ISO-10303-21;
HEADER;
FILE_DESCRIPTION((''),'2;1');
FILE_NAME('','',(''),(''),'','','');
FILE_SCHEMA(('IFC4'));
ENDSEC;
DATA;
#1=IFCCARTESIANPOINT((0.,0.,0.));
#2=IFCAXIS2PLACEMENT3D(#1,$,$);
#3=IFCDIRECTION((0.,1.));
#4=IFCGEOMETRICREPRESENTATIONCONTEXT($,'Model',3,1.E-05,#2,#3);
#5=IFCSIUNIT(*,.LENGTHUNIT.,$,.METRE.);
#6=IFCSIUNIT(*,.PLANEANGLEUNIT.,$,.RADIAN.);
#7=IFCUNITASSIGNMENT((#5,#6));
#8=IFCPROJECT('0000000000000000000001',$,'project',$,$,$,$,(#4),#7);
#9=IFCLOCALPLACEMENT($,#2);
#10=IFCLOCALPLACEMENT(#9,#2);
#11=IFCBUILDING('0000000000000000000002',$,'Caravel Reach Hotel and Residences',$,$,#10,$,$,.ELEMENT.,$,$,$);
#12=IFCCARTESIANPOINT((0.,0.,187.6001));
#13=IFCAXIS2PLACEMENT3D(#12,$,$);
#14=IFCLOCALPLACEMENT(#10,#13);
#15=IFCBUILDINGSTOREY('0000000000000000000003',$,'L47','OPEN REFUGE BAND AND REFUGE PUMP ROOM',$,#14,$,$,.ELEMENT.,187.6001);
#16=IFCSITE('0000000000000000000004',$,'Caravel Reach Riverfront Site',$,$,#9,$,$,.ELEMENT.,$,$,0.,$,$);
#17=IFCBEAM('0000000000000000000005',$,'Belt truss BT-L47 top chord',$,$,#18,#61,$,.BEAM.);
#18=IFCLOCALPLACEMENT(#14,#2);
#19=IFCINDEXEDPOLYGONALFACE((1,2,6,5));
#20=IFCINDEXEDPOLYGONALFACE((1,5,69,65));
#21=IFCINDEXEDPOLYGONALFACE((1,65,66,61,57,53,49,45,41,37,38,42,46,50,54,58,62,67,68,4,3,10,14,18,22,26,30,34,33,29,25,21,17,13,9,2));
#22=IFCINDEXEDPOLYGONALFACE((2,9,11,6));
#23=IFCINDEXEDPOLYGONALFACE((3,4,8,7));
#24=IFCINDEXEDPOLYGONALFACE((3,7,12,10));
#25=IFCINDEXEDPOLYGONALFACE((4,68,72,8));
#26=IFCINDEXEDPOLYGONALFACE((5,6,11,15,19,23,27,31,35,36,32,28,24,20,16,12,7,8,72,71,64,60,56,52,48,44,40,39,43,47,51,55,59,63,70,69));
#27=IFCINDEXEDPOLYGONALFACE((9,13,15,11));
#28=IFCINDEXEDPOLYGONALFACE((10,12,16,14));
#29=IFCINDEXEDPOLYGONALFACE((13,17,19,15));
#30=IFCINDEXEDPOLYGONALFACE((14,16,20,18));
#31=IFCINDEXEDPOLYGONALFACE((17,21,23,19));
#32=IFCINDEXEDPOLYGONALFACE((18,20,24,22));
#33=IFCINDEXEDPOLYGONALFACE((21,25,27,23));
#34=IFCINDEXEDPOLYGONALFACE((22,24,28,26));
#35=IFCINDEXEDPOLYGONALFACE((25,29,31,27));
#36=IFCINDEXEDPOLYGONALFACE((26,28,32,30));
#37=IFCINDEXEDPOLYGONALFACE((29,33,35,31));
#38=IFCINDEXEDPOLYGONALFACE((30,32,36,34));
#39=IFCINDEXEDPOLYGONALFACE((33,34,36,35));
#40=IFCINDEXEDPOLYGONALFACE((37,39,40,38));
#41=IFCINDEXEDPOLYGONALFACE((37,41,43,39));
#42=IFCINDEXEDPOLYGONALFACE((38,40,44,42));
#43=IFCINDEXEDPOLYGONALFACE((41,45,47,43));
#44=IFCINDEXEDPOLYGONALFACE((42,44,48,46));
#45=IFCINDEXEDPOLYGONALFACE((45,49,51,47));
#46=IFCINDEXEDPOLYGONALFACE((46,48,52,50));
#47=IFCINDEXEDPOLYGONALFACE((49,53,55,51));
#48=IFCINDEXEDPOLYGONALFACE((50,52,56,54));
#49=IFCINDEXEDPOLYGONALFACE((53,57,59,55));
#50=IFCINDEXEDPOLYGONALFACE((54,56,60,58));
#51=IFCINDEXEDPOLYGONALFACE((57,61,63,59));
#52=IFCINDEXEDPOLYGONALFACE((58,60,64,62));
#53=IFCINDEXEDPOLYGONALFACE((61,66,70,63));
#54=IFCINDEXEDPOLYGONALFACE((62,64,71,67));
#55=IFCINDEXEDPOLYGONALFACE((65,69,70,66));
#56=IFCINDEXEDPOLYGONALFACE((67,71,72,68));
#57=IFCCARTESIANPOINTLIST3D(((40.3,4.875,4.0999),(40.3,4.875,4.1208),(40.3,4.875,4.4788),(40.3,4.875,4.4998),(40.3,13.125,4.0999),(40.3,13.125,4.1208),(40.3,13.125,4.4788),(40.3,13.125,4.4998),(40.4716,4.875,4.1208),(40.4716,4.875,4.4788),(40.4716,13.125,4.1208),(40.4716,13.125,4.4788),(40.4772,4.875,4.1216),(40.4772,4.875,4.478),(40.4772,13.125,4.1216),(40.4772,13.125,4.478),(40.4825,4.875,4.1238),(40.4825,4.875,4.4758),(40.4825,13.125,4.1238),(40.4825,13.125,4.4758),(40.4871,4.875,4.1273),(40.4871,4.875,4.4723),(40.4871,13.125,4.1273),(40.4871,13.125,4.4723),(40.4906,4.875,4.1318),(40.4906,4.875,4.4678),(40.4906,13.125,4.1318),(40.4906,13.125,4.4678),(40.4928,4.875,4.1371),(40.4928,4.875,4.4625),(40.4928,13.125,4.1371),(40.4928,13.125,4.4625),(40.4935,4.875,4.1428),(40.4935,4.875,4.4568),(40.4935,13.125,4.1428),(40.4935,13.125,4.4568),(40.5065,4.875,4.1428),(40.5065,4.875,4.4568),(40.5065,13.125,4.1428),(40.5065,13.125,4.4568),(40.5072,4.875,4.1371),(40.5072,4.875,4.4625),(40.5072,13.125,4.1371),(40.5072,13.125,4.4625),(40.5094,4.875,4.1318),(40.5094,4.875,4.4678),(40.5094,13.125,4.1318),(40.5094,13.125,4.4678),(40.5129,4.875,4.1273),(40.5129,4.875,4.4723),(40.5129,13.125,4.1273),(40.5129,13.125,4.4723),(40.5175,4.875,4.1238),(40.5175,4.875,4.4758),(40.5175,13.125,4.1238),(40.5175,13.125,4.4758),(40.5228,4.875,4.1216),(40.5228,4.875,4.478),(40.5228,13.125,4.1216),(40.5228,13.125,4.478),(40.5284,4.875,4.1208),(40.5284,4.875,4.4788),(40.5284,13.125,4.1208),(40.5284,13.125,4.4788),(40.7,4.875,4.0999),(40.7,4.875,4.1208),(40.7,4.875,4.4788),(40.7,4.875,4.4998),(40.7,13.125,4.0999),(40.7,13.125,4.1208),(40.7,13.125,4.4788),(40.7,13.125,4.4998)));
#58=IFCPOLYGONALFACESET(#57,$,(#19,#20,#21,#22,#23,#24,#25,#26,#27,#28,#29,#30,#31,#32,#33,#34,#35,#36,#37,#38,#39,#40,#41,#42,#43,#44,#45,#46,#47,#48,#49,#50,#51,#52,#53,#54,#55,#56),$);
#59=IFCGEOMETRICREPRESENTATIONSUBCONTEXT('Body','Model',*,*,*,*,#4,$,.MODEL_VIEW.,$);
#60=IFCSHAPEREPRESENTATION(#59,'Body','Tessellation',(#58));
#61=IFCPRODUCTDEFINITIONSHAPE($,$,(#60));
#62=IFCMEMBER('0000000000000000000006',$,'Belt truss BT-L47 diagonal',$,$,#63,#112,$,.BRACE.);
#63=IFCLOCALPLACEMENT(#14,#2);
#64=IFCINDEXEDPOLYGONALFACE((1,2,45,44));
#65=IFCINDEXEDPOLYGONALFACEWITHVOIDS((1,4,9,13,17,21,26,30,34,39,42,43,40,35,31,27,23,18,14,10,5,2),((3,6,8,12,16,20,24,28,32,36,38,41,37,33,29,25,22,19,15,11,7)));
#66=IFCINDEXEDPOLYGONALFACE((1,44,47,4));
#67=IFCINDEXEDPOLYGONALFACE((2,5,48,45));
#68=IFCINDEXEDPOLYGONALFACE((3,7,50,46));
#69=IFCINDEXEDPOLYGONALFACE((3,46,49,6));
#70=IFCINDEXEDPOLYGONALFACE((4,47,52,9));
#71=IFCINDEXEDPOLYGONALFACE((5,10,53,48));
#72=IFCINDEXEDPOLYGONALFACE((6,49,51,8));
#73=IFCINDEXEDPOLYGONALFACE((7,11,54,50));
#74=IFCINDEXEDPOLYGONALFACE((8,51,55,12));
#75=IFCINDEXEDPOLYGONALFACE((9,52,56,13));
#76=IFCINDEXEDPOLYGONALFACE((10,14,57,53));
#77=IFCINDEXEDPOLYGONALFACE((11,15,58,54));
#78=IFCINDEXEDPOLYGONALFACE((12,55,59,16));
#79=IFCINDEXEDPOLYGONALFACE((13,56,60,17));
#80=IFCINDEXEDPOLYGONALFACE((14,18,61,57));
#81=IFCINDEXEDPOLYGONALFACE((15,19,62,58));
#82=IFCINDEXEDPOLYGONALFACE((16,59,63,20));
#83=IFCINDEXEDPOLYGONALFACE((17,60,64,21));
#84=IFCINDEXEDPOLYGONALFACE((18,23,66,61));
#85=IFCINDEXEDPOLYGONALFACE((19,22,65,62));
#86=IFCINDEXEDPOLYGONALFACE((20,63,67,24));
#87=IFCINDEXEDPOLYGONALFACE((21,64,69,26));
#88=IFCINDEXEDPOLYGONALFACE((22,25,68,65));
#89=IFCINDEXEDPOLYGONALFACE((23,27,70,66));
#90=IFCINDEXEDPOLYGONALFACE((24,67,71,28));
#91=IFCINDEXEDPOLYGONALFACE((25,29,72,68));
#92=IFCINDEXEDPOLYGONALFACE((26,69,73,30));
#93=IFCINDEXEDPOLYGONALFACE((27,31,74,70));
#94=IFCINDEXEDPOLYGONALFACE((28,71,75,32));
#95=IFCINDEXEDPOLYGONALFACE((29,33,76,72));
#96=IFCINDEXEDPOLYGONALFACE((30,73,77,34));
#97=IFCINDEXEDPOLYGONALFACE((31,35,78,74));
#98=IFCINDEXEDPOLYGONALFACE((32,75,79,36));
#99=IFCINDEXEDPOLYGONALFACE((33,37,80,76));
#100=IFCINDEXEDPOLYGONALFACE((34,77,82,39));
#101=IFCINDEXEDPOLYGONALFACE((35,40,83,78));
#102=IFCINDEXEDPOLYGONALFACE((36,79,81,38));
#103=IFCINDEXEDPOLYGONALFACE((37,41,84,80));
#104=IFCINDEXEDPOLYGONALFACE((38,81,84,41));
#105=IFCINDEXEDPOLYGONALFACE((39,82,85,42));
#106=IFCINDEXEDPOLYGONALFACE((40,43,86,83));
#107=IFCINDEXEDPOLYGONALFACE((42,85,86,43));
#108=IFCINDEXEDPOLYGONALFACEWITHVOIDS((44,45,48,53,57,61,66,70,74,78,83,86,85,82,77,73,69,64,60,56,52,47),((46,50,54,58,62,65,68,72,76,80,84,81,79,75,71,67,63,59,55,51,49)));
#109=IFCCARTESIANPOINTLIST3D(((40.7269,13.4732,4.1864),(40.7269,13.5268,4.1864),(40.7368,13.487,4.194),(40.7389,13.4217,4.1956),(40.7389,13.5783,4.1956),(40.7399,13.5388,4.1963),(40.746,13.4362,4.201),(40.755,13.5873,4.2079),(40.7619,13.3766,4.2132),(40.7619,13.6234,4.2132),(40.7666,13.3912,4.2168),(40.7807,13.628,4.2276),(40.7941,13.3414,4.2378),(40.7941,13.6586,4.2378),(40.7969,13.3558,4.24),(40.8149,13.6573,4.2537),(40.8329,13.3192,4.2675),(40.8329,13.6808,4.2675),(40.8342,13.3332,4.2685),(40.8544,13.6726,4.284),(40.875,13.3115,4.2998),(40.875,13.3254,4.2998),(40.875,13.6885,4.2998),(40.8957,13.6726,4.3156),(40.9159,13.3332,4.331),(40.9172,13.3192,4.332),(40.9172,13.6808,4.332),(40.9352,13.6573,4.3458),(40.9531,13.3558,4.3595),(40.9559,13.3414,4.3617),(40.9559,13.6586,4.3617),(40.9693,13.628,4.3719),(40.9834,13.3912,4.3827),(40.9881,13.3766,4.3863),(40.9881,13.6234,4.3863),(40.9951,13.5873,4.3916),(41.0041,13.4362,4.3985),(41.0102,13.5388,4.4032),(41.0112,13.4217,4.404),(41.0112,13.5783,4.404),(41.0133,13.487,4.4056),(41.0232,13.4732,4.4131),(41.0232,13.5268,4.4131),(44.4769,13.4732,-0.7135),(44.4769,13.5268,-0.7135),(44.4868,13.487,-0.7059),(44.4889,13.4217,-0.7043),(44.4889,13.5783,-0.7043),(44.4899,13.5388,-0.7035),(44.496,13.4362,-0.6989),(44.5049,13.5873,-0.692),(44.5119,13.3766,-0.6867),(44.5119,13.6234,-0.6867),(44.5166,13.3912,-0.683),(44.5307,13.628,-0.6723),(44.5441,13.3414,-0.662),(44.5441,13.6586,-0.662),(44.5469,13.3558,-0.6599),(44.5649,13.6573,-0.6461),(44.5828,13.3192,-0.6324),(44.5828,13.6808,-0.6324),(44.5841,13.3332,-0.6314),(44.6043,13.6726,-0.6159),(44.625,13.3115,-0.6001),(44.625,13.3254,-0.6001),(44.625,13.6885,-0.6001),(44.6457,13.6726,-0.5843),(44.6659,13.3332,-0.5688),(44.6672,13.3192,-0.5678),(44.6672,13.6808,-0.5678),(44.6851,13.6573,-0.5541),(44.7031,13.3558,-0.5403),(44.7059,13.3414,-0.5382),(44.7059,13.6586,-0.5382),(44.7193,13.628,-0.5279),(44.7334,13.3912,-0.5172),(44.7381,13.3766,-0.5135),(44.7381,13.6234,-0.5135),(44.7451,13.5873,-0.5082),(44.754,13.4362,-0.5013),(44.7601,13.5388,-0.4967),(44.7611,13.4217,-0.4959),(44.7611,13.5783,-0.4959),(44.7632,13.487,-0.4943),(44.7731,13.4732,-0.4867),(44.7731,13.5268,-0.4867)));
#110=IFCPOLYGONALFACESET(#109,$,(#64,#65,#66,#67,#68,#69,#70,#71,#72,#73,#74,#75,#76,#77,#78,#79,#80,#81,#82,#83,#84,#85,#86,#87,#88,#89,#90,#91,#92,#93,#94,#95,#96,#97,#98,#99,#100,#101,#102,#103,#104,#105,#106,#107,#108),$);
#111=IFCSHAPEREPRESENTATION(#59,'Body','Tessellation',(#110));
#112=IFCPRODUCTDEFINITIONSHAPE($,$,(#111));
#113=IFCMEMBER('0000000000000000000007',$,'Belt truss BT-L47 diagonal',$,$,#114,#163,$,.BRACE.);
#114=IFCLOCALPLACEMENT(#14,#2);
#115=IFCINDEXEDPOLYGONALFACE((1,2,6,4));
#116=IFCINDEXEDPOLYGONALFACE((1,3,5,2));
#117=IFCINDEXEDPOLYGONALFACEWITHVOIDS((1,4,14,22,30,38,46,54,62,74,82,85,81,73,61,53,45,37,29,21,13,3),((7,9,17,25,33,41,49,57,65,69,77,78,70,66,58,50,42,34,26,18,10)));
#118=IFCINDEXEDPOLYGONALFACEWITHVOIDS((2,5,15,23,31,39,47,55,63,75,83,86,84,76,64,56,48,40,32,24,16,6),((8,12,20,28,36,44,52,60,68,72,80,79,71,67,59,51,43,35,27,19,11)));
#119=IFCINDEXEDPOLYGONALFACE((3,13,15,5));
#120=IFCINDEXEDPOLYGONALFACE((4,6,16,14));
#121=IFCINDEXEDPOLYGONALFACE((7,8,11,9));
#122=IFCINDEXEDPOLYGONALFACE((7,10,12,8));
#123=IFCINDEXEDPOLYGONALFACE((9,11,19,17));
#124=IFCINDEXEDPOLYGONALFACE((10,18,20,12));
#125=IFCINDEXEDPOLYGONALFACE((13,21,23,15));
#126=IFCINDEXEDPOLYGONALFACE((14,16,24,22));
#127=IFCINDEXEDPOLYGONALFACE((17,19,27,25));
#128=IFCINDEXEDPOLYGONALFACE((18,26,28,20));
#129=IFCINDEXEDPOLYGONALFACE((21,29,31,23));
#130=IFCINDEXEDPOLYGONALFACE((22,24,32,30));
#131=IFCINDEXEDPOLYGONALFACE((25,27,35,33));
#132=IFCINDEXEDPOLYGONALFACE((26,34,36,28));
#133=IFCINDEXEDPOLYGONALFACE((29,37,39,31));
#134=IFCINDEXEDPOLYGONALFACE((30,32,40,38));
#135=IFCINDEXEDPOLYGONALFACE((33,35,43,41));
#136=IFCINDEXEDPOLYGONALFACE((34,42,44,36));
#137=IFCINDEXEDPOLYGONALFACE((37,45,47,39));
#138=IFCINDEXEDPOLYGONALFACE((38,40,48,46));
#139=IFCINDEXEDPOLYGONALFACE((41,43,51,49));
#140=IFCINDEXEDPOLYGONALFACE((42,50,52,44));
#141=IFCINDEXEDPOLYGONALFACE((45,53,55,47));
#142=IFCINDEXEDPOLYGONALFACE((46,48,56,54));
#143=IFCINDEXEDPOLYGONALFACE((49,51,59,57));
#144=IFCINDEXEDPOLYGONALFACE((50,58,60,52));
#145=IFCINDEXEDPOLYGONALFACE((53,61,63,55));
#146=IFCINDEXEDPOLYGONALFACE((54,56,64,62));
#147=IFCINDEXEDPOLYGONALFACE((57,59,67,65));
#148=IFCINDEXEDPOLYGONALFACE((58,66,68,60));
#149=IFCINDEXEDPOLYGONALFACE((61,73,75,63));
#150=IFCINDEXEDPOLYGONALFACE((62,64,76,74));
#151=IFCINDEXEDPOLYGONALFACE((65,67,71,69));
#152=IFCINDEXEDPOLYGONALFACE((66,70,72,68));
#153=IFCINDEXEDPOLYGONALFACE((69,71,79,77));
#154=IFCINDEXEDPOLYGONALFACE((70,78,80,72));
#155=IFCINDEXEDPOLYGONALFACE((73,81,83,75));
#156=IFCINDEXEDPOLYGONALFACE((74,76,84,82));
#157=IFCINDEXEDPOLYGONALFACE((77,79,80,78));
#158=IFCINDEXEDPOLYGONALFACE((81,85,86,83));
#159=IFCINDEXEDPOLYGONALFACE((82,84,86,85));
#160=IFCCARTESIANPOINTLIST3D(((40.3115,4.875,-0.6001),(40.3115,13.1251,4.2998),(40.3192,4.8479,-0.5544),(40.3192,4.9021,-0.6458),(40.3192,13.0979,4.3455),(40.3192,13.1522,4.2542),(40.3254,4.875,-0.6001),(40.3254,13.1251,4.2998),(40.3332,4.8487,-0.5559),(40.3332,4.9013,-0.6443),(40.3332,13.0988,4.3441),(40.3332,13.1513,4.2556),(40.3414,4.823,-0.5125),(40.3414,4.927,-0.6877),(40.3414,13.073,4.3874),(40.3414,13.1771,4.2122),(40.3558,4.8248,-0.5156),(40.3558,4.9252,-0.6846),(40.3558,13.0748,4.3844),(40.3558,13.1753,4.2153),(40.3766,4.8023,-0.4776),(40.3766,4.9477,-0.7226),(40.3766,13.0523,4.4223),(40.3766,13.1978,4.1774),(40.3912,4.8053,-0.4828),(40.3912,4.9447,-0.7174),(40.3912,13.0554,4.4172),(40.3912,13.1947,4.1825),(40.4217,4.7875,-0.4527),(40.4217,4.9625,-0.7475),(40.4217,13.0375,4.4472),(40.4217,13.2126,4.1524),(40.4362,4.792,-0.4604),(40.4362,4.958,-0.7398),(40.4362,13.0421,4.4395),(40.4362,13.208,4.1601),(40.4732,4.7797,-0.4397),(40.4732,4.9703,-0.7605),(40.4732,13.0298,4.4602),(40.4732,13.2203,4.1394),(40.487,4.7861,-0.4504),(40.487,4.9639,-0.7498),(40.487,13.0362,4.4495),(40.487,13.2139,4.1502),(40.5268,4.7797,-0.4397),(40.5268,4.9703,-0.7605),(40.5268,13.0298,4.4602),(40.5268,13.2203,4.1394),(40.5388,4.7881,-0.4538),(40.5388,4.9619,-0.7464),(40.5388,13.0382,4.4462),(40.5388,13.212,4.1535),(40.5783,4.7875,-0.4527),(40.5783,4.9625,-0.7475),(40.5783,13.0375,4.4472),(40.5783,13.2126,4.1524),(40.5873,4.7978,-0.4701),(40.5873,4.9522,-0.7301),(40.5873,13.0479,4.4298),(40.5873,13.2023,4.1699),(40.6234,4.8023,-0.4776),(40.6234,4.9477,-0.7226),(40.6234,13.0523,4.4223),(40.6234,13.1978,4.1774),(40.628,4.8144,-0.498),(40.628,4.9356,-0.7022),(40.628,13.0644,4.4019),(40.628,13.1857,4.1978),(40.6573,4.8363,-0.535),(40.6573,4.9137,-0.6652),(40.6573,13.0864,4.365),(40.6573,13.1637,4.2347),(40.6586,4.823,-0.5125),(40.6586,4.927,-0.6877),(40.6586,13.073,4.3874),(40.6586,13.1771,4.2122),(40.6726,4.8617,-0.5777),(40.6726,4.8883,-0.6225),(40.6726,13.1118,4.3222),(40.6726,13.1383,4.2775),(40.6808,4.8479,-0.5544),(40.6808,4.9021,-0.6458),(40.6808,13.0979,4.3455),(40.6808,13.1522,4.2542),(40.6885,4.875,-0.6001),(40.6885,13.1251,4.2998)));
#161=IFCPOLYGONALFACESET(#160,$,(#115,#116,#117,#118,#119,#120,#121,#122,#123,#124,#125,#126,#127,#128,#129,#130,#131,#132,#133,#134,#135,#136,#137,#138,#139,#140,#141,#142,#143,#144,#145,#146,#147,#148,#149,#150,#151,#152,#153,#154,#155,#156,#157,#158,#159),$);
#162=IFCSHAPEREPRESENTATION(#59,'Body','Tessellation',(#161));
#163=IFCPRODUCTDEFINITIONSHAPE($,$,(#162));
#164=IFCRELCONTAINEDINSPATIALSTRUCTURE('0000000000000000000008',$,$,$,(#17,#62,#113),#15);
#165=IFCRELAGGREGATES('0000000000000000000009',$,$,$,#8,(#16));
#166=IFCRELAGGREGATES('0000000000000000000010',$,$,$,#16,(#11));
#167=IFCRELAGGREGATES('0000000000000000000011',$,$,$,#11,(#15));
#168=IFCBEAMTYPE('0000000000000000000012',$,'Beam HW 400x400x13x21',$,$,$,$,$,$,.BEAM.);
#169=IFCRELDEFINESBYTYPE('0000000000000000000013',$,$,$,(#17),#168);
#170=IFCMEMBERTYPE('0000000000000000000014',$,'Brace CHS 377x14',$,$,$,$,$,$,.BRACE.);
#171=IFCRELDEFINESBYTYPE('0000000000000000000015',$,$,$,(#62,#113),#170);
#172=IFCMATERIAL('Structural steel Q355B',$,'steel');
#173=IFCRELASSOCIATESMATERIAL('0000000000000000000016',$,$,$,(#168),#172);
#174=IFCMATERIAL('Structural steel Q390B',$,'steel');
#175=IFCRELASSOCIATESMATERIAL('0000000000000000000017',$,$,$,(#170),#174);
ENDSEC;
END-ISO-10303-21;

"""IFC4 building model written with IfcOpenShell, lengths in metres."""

from ifc_helpers import new_model, si_unit, direction, frame, origin, origin_2d, place, context, subcontext, project, spatial, hollow_circle, i_section, extrude, material, material_profile, profile_set, type_object, element, save


model = new_model("IFC4")

# Units and contexts
model_context = context("Model", 3, precision=1e-05, world=origin(), true_north=direction((0.0, 1.0)))
body_context = subcontext(model_context, "Body", "Model", "MODEL_VIEW")
ifc_project = project(units=[si_unit("LENGTHUNIT", "METRE"), si_unit("PLANEANGLEUNIT", "RADIAN")], contexts=[model_context])

# Site, building, storey
site_placement = place(None, origin())
site = spatial("IfcSite", under=ifc_project, at=site_placement, Name="Caravel Reach Riverfront Site", CompositionType="ELEMENT", RefElevation=0.0)
building_placement = place(site_placement, origin())
building = spatial("IfcBuilding", under=site, at=building_placement, Name="Caravel Reach Hotel and Residences", CompositionType="ELEMENT")
storey_placement = place(building_placement, frame((0.0, 0.0, 187.6001)))
storey = spatial("IfcBuildingStorey", under=building, at=storey_placement, Name="L47", Description="OPEN REFUGE BAND AND REFUGE PUMP ROOM", CompositionType="ELEMENT", Elevation=187.6001)

# Beam
ifc_material_1 = material(Name="Structural steel Q355B", Category="steel")
ifc_material_profile_1 = material_profile(ifc_material_1, i_section(OverallWidth=0.3999, OverallDepth=0.3999, WebThickness=0.0129, FlangeThickness=0.021, FilletRadius=0.022, at=origin_2d()), Name="HW 400x400x13x21")
ifc_profile_set_1 = profile_set([ifc_material_profile_1], Name="Structural steel Q355B")
beam_type_1 = type_object("IfcBeamType", Name="Beam HW 400x400x13x21", PredefinedType="BEAM", material=ifc_profile_set_1)
for number, where, z_axis, x_axis, name in (
    (1, (40.5, 4.875, 4.2998), (0.0, 1.0, 0.0), (-1.0, 0.0, 0.0), "Belt truss BT-L47 top chord"),
):
    element("IfcBeam", number, at=place(storey_placement, frame(where, z_axis=z_axis, x_axis=x_axis)), inside=storey, type_object=beam_type_1, Name=name, PredefinedType="BEAM", context=body_context, shape_type="SweptSolid", body=[
        extrude(i_section(OverallWidth=0.3999, OverallDepth=0.3999, WebThickness=0.0129, FlangeThickness=0.021, FilletRadius=0.022, at=origin_2d()), origin(), (0.0, 0.0, 1.0), 8.25),
    ])

# Members
ifc_material_2 = material(Name="Structural steel Q390B", Category="steel")
ifc_material_profile_2 = material_profile(ifc_material_2, hollow_circle(Radius=0.1885, WallThickness=0.0139, at=origin_2d()), Name="CHS 377x14")
ifc_profile_set_2 = profile_set([ifc_material_profile_2], Name="Structural steel Q390B")
member_type = type_object("IfcMemberType", Name="Brace CHS 377x14", PredefinedType="BRACE", material=ifc_profile_set_2)
member_1_placement = place(storey_placement, frame((44.625, 13.5, -0.6001), z_axis=(-0.607758, 0.0, 0.794122), x_axis=(0.0, -1.0, 0.0)))
element("IfcMember", 2, at=member_1_placement, inside=storey, type_object=member_type, Name="Belt truss BT-L47 diagonal", PredefinedType="BRACE", context=body_context, shape_type="SweptSolid", body=[
    extrude(hollow_circle(Radius=0.1885, WallThickness=0.0139, at=origin_2d()), origin(), (0.0, 0.0, 1.0), 6.1702),
])
member_2_placement = place(storey_placement, frame((40.5, 4.875, -0.6001), z_axis=(0.0, 0.859788, 0.510652), x_axis=(-1.0, 0.0, 0.0)))
element("IfcMember", 3, at=member_2_placement, inside=storey, type_object=member_type, Name="Belt truss BT-L47 diagonal", PredefinedType="BRACE", context=body_context, shape_type="SweptSolid", body=[
    extrude(hollow_circle(Radius=0.1885, WallThickness=0.0139, at=origin_2d()), origin(), (0.0, 0.0, 1.0), 9.5955),
])

save(model, "model.ifc")
